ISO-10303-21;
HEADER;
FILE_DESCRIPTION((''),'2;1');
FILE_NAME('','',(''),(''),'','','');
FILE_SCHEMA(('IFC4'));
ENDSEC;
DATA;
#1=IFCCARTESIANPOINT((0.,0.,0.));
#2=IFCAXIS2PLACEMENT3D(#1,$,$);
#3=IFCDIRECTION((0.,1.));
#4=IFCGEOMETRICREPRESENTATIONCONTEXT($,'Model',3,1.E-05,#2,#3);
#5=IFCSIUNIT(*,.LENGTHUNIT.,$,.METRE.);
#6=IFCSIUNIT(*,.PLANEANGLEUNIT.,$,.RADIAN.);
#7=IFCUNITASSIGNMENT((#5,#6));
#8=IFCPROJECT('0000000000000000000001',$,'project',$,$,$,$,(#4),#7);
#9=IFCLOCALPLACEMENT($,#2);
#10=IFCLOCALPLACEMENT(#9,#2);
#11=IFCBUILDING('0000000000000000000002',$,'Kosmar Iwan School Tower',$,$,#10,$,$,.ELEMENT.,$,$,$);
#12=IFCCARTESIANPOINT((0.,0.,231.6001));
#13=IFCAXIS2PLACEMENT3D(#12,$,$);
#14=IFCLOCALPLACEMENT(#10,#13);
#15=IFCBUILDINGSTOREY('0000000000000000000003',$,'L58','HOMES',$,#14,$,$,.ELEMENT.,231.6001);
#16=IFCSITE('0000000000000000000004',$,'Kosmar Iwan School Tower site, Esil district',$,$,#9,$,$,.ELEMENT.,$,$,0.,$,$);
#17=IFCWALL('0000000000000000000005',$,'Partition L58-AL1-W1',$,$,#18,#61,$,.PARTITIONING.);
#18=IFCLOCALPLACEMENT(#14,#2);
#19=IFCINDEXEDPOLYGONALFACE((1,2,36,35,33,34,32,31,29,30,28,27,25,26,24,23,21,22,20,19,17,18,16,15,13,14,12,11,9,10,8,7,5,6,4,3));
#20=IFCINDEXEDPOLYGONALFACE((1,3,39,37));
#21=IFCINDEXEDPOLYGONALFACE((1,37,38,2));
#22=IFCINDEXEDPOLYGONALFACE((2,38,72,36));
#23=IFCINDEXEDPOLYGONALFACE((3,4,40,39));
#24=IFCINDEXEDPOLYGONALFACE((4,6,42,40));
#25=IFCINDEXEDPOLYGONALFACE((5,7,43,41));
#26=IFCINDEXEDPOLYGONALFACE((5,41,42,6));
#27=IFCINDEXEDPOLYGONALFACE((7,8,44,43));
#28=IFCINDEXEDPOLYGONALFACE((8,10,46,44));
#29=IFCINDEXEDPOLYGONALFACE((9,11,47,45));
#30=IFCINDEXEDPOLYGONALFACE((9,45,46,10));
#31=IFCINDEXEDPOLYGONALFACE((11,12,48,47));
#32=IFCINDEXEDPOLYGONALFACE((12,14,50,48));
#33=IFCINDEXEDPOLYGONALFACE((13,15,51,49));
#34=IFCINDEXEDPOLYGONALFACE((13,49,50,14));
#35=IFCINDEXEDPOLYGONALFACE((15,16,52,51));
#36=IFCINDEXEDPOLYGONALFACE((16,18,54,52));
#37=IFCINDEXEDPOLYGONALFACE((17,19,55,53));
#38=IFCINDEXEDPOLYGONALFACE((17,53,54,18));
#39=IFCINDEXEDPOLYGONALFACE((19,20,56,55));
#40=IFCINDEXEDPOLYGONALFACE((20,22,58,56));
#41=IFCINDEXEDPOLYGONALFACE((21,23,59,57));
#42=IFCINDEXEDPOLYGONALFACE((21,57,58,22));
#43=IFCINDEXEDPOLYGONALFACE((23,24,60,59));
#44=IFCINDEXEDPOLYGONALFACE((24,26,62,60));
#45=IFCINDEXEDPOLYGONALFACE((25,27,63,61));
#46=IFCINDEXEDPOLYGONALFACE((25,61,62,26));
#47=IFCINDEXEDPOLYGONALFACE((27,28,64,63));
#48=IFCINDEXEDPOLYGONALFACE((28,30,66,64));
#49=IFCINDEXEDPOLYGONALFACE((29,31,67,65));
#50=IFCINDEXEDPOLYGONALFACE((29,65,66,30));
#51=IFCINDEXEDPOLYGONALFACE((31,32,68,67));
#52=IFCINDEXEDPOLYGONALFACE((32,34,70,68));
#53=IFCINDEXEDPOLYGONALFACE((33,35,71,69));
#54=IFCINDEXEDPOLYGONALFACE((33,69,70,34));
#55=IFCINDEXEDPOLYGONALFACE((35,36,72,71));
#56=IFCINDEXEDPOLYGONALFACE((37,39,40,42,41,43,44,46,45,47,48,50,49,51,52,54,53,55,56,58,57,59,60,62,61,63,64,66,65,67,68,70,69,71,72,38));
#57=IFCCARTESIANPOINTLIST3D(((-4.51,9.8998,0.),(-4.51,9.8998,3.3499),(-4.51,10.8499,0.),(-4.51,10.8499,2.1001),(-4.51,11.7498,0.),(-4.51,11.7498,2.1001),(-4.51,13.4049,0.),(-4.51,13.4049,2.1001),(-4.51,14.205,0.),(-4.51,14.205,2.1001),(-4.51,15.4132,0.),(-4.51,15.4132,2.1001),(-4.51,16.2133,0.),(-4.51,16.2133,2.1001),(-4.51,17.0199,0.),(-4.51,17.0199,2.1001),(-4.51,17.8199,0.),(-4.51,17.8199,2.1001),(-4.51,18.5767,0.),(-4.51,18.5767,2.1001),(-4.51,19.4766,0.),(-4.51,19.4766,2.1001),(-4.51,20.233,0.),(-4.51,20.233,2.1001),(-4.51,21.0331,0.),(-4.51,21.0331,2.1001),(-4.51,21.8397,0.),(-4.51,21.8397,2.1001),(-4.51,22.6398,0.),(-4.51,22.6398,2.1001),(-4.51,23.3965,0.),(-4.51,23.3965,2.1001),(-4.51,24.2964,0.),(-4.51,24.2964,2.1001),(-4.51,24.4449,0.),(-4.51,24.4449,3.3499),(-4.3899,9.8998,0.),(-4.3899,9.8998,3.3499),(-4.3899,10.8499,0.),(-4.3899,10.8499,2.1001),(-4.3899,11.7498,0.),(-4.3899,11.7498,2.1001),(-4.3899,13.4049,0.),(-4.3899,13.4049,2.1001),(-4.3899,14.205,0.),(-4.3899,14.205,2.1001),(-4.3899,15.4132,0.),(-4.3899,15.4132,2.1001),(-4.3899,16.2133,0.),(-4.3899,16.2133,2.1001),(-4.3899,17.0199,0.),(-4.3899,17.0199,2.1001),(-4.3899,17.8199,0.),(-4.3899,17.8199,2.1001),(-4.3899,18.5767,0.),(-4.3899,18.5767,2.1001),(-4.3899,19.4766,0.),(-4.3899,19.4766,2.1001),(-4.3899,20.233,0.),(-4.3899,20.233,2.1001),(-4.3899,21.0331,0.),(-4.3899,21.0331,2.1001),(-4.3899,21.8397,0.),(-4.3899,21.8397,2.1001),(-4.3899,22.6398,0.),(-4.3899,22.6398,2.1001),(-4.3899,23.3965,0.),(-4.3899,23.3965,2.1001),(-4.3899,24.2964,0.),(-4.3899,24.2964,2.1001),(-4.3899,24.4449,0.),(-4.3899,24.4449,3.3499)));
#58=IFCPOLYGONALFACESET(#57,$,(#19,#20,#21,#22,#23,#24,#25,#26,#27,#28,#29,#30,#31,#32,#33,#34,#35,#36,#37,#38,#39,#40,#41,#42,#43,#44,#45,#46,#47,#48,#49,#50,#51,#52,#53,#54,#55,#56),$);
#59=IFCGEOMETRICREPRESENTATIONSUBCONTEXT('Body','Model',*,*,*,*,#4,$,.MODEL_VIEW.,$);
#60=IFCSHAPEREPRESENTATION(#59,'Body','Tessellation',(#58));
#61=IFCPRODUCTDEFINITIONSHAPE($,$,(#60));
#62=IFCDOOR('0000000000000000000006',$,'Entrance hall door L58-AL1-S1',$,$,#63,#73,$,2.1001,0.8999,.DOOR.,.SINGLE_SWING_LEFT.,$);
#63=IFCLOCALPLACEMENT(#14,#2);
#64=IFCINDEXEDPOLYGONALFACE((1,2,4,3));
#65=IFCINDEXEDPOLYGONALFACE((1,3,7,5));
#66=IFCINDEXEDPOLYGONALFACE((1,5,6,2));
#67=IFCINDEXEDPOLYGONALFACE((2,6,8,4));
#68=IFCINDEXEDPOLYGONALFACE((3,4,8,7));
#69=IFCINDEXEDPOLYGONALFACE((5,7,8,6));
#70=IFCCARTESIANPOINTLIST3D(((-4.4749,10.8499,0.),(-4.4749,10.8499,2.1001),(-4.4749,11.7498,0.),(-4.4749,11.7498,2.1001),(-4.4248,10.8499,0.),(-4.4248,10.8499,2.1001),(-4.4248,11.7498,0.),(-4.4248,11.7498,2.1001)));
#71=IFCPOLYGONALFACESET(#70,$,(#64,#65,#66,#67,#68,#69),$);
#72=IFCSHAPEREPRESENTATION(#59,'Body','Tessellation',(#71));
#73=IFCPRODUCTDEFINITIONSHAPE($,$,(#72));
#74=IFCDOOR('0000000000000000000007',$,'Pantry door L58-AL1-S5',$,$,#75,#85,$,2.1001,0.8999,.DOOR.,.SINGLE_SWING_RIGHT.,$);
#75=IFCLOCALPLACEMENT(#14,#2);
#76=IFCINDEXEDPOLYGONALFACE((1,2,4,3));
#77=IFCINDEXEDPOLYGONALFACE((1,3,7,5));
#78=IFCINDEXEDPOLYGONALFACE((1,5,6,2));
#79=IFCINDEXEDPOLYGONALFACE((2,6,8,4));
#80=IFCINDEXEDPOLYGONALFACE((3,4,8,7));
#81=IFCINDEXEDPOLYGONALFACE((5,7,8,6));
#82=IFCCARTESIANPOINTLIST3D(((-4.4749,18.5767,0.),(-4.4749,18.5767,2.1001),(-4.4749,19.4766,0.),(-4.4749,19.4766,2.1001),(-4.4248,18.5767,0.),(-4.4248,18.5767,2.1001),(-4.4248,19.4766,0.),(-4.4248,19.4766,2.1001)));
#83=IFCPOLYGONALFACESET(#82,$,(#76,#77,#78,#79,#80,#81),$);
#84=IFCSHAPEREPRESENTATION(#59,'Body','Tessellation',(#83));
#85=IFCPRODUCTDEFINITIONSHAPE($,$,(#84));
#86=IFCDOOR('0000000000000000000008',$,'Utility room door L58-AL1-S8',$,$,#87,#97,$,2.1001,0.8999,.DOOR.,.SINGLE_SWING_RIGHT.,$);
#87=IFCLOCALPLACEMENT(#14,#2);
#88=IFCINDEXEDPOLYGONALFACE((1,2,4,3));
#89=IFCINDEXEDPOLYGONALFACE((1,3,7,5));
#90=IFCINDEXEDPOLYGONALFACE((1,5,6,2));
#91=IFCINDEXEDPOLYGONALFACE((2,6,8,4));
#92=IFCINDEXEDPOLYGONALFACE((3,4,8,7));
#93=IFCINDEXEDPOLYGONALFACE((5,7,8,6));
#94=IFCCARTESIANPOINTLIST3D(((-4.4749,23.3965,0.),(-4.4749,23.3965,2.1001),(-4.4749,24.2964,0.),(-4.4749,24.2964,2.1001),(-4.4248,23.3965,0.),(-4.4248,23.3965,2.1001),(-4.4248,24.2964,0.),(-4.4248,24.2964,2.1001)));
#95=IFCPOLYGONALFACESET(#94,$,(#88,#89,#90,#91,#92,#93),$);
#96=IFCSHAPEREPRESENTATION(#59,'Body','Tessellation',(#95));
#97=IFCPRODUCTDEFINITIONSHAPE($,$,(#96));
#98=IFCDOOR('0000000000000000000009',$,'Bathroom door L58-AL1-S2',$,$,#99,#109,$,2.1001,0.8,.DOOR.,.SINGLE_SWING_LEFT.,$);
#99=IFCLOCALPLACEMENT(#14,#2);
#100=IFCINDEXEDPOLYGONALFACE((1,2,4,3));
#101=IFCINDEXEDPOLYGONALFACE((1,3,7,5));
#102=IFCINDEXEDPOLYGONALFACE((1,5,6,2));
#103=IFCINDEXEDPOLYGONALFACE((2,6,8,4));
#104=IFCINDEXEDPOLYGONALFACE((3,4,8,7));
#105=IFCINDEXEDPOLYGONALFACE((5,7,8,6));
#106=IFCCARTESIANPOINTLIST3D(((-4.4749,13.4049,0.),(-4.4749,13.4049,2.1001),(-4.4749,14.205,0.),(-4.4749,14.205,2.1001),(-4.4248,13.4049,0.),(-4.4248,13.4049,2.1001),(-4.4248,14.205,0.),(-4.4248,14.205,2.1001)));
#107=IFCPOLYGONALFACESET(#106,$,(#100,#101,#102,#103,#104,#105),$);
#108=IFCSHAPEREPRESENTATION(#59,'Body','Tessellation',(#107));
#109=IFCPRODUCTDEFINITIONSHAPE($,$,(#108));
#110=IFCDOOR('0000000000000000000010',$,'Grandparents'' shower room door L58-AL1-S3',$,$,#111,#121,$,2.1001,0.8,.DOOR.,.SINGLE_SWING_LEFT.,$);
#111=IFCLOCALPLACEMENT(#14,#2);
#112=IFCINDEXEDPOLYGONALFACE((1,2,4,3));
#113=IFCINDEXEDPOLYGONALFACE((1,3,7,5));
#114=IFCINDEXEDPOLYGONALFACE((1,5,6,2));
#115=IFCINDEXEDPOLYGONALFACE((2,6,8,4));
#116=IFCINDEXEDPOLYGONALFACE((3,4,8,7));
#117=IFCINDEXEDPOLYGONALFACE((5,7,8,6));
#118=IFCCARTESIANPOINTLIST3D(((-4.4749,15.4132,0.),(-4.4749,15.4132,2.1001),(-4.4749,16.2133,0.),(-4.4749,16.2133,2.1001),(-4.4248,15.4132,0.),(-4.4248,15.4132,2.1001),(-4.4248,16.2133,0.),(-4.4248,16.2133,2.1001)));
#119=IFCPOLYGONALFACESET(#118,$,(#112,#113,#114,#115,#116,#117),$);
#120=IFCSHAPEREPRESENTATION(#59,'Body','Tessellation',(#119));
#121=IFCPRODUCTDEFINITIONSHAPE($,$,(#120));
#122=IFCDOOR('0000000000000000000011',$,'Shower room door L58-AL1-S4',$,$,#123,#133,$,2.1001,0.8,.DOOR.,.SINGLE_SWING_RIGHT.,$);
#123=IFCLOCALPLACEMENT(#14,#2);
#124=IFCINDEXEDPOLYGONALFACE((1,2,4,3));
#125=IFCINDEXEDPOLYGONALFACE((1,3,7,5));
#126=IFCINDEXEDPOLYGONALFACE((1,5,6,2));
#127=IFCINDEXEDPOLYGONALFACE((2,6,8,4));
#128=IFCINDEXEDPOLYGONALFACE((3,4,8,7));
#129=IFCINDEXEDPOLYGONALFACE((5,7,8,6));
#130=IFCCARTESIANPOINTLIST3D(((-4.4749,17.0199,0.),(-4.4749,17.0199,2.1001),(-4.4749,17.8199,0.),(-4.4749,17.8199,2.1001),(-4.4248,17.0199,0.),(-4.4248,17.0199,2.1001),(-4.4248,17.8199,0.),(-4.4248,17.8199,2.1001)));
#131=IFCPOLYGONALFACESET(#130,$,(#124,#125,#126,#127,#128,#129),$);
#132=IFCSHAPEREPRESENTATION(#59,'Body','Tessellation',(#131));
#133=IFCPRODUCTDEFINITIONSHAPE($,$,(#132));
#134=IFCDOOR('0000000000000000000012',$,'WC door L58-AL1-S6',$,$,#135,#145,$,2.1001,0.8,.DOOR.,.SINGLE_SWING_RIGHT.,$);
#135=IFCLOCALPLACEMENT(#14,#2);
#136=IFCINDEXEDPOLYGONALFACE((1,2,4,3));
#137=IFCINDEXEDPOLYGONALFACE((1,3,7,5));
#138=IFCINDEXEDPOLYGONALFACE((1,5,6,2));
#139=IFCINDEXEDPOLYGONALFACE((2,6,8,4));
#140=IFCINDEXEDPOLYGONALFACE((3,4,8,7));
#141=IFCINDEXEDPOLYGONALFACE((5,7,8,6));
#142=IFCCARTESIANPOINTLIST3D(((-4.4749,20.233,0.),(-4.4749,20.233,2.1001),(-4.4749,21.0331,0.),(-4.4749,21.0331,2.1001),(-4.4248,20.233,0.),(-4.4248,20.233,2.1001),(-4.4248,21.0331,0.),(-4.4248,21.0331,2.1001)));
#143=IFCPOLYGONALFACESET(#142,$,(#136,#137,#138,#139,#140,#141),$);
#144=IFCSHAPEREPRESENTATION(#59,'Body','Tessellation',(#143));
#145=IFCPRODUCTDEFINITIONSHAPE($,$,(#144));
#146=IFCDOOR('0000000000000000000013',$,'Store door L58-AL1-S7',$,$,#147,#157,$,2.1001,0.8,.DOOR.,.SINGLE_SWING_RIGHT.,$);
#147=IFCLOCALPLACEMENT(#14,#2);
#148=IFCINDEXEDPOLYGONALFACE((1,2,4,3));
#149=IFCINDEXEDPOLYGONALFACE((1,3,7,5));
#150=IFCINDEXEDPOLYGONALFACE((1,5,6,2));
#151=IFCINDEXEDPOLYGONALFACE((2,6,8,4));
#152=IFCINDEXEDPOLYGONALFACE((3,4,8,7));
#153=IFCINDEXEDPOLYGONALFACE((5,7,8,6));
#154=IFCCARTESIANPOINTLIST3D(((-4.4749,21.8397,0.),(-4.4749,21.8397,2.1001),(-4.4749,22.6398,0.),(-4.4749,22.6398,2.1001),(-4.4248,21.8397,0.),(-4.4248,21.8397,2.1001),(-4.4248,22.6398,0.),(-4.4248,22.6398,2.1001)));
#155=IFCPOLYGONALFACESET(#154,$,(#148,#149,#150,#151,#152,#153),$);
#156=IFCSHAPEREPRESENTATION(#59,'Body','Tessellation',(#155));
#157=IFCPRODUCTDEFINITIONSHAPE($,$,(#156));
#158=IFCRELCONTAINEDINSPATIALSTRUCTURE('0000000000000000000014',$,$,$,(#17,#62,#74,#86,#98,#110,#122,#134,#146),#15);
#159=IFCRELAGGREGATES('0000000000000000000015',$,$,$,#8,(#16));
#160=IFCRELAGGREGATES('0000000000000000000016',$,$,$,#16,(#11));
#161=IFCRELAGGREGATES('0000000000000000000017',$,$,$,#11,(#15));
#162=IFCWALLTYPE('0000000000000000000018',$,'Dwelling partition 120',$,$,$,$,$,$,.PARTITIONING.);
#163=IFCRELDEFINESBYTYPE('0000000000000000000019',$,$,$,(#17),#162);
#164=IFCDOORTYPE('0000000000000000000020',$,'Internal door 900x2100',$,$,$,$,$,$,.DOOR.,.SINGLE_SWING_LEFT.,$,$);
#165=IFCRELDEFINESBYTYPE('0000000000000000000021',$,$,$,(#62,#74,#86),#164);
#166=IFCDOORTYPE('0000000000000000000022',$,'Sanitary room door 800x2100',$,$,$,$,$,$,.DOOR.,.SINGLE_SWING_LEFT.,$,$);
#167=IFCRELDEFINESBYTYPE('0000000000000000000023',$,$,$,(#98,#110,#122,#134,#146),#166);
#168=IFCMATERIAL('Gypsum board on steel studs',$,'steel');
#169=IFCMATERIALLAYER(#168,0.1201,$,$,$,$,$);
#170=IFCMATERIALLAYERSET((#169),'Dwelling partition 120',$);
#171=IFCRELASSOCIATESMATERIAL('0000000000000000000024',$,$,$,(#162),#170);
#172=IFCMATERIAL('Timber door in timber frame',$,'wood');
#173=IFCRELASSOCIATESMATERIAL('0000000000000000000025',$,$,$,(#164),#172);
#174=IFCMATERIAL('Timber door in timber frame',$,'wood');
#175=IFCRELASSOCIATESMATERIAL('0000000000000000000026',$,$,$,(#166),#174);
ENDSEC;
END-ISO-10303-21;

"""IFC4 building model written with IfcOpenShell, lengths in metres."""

from ifc_helpers import new_model, si_unit, direction, frame, frame_2d, origin, place, context, subcontext, project, spatial, rectangle, extrude, material, layer, layer_set, type_object, element, fill, save


model = new_model("IFC4")

# Units and contexts
model_context = context("Model", 3, precision=1e-05, world=origin(), true_north=direction((0.0, 1.0)))
body_context = subcontext(model_context, "Body", "Model", "MODEL_VIEW")
ifc_project = project(units=[si_unit("LENGTHUNIT", "METRE"), si_unit("PLANEANGLEUNIT", "RADIAN")], contexts=[model_context])

# Site, building, storey
site_placement = place(None, origin())
site = spatial("IfcSite", under=ifc_project, at=site_placement, Name="Kosmar Iwan School Tower site, Esil district", CompositionType="ELEMENT", RefElevation=0.0)
building_placement = place(site_placement, origin())
building = spatial("IfcBuilding", under=site, at=building_placement, Name="Kosmar Iwan School Tower", CompositionType="ELEMENT")
storey_placement = place(building_placement, frame((0.0, 0.0, 231.6001)))
storey = spatial("IfcBuildingStorey", under=building, at=storey_placement, Name="L58", Description="HOMES", CompositionType="ELEMENT", Elevation=231.6001)

# Wall, openings, doors
ifc_material_1 = material(Name="Gypsum board on steel studs", Category="steel")
ifc_layer_1 = layer(ifc_material_1, 0.1201)
ifc_layer_set_1 = layer_set([ifc_layer_1], Name="Dwelling partition 120")
wall_type_1 = type_object("IfcWallType", Name="Dwelling partition 120", PredefinedType="PARTITIONING", material=ifc_layer_set_1)
wall_1_placement = place(storey_placement, frame((-4.45, 9.8999, 0.0), z_axis=(0.0, 0.0, 1.0), x_axis=(0.0, 1.0, 0.0)))
wall_1 = element("IfcWall", 1, at=wall_1_placement, inside=storey, type_object=wall_type_1, Name="Partition L58-AL1-W1", PredefinedType="PARTITIONING", context=body_context, shape_type="SweptSolid", body=[
    extrude(rectangle(XDim=14.5452, YDim=0.1201, at=frame_2d((7.2725, 0.0))), origin(), (0.0, 0.0, 1.0), 3.3499),
])
opening_1_placement = place(wall_1_placement, frame((0.95, 0.0, 0.0)))
opening_1 = element("IfcOpeningElement", 2, at=opening_1_placement, cuts=wall_1, PredefinedType="OPENING", context=body_context, shape_type="SweptSolid", body=[
    extrude(rectangle(XDim=0.8999, YDim=2.1001, at=frame_2d((0.45, 1.05))), frame((0.0, 0.072, 0.0), z_axis=(0.0, -1.0, 0.0), x_axis=(1.0, 0.0, 0.0)), (0.0, 0.0, 1.0), 0.144),
])
opening_2_placement = place(wall_1_placement, frame((3.5051, 0.0, 0.0)))
opening_2 = element("IfcOpeningElement", 3, at=opening_2_placement, cuts=wall_1, PredefinedType="OPENING", context=body_context, shape_type="SweptSolid", body=[
    extrude(rectangle(XDim=0.8, YDim=2.1001, at=frame_2d((0.3999, 1.05))), frame((0.0, 0.072, 0.0), z_axis=(0.0, -1.0, 0.0), x_axis=(1.0, 0.0, 0.0)), (0.0, 0.0, 1.0), 0.144),
])
opening_3_placement = place(wall_1_placement, frame((5.5134, 0.0, 0.0)))
opening_3 = element("IfcOpeningElement", 4, at=opening_3_placement, cuts=wall_1, PredefinedType="OPENING", context=body_context, shape_type="SweptSolid", body=[
    extrude(rectangle(XDim=0.8, YDim=2.1001, at=frame_2d((0.3999, 1.05))), frame((0.0, 0.072, 0.0), z_axis=(0.0, -1.0, 0.0), x_axis=(1.0, 0.0, 0.0)), (0.0, 0.0, 1.0), 0.144),
])
opening_4_placement = place(wall_1_placement, frame((7.1201, 0.0, 0.0)))
opening_4 = element("IfcOpeningElement", 5, at=opening_4_placement, cuts=wall_1, PredefinedType="OPENING", context=body_context, shape_type="SweptSolid", body=[
    extrude(rectangle(XDim=0.8, YDim=2.1001, at=frame_2d((0.3999, 1.05))), frame((0.0, 0.072, 0.0), z_axis=(0.0, -1.0, 0.0), x_axis=(1.0, 0.0, 0.0)), (0.0, 0.0, 1.0), 0.144),
])
opening_5_placement = place(wall_1_placement, frame((8.6768, 0.0, 0.0)))
opening_5 = element("IfcOpeningElement", 6, at=opening_5_placement, cuts=wall_1, PredefinedType="OPENING", context=body_context, shape_type="SweptSolid", body=[
    extrude(rectangle(XDim=0.8999, YDim=2.1001, at=frame_2d((0.45, 1.05))), frame((0.0, 0.072, 0.0), z_axis=(0.0, -1.0, 0.0), x_axis=(1.0, 0.0, 0.0)), (0.0, 0.0, 1.0), 0.144),
])
opening_6_placement = place(wall_1_placement, frame((10.3333, 0.0, 0.0)))
opening_6 = element("IfcOpeningElement", 7, at=opening_6_placement, cuts=wall_1, PredefinedType="OPENING", context=body_context, shape_type="SweptSolid", body=[
    extrude(rectangle(XDim=0.8, YDim=2.1001, at=frame_2d((0.3999, 1.05))), frame((0.0, 0.072, 0.0), z_axis=(0.0, -1.0, 0.0), x_axis=(1.0, 0.0, 0.0)), (0.0, 0.0, 1.0), 0.144),
])
opening_7_placement = place(wall_1_placement, frame((11.9399, 0.0, 0.0)))
opening_7 = element("IfcOpeningElement", 8, at=opening_7_placement, cuts=wall_1, PredefinedType="OPENING", context=body_context, shape_type="SweptSolid", body=[
    extrude(rectangle(XDim=0.8, YDim=2.1001, at=frame_2d((0.3999, 1.05))), frame((0.0, 0.072, 0.0), z_axis=(0.0, -1.0, 0.0), x_axis=(1.0, 0.0, 0.0)), (0.0, 0.0, 1.0), 0.144),
])
opening_8_placement = place(wall_1_placement, frame((13.4966, 0.0, 0.0)))
opening_8 = element("IfcOpeningElement", 9, at=opening_8_placement, cuts=wall_1, PredefinedType="OPENING", context=body_context, shape_type="SweptSolid", body=[
    extrude(rectangle(XDim=0.8999, YDim=2.1001, at=frame_2d((0.45, 1.05))), frame((0.0, 0.072, 0.0), z_axis=(0.0, -1.0, 0.0), x_axis=(1.0, 0.0, 0.0)), (0.0, 0.0, 1.0), 0.144),
])
ifc_material_2 = material(Name="Timber door in timber frame", Category="wood")
door_type_1 = type_object("IfcDoorType", Name="Internal door 900x2100", OperationType="SINGLE_SWING_LEFT", PredefinedType="DOOR", material=ifc_material_2)
door_1_placement = place(opening_1_placement, origin())
door_1 = element("IfcDoor", 10, at=door_1_placement, inside=storey, type_object=door_type_1, Name="Entrance hall door L58-AL1-S1", OperationType="SINGLE_SWING_LEFT", OverallHeight=2.1001, OverallWidth=0.8999, PredefinedType="DOOR", context=body_context, shape_type="SweptSolid", body=[
    extrude(rectangle(XDim=0.8999, YDim=2.1001, at=frame_2d((0.45, 1.05))), frame((0.0, 0.0249, 0.0), z_axis=(0.0, -1.0, 0.0), x_axis=(1.0, 0.0, 0.0)), (0.0, 0.0, 1.0), 0.05),
])
fill(opening_1, door_1)
door_2_placement = place(opening_5_placement, origin())
door_2 = element("IfcDoor", 11, at=door_2_placement, inside=storey, type_object=door_type_1, Name="Pantry door L58-AL1-S5", OperationType="SINGLE_SWING_RIGHT", OverallHeight=2.1001, OverallWidth=0.8999, PredefinedType="DOOR", context=body_context, shape_type="SweptSolid", body=[
    extrude(rectangle(XDim=0.8999, YDim=2.1001, at=frame_2d((0.45, 1.05))), frame((0.0, 0.0249, 0.0), z_axis=(0.0, -1.0, 0.0), x_axis=(1.0, 0.0, 0.0)), (0.0, 0.0, 1.0), 0.05),
])
fill(opening_5, door_2)
door_3_placement = place(opening_8_placement, origin())
door_3 = element("IfcDoor", 12, at=door_3_placement, inside=storey, type_object=door_type_1, Name="Utility room door L58-AL1-S8", OperationType="SINGLE_SWING_RIGHT", OverallHeight=2.1001, OverallWidth=0.8999, PredefinedType="DOOR", context=body_context, shape_type="SweptSolid", body=[
    extrude(rectangle(XDim=0.8999, YDim=2.1001, at=frame_2d((0.45, 1.05))), frame((0.0, 0.0249, 0.0), z_axis=(0.0, -1.0, 0.0), x_axis=(1.0, 0.0, 0.0)), (0.0, 0.0, 1.0), 0.05),
])
fill(opening_8, door_3)
ifc_material_3 = material(Name="Timber door in timber frame", Category="wood")
door_type_2 = type_object("IfcDoorType", Name="Sanitary room door 800x2100", OperationType="SINGLE_SWING_LEFT", PredefinedType="DOOR", material=ifc_material_3)
door_4_placement = place(opening_2_placement, origin())
door_4 = element("IfcDoor", 13, at=door_4_placement, inside=storey, type_object=door_type_2, Name="Bathroom door L58-AL1-S2", OperationType="SINGLE_SWING_LEFT", OverallHeight=2.1001, OverallWidth=0.8, PredefinedType="DOOR", context=body_context, shape_type="SweptSolid", body=[
    extrude(rectangle(XDim=0.8, YDim=2.1001, at=frame_2d((0.3999, 1.05))), frame((0.0, 0.0249, 0.0), z_axis=(0.0, -1.0, 0.0), x_axis=(1.0, 0.0, 0.0)), (0.0, 0.0, 1.0), 0.05),
])
fill(opening_2, door_4)
door_5_placement = place(opening_3_placement, origin())
door_5 = element("IfcDoor", 14, at=door_5_placement, inside=storey, type_object=door_type_2, Name="Grandparents' shower room door L58-AL1-S3", OperationType="SINGLE_SWING_LEFT", OverallHeight=2.1001, OverallWidth=0.8, PredefinedType="DOOR", context=body_context, shape_type="SweptSolid", body=[
    extrude(rectangle(XDim=0.8, YDim=2.1001, at=frame_2d((0.3999, 1.05))), frame((0.0, 0.0249, 0.0), z_axis=(0.0, -1.0, 0.0), x_axis=(1.0, 0.0, 0.0)), (0.0, 0.0, 1.0), 0.05),
])
fill(opening_3, door_5)
door_6_placement = place(opening_4_placement, origin())
door_6 = element("IfcDoor", 15, at=door_6_placement, inside=storey, type_object=door_type_2, Name="Shower room door L58-AL1-S4", OperationType="SINGLE_SWING_RIGHT", OverallHeight=2.1001, OverallWidth=0.8, PredefinedType="DOOR", context=body_context, shape_type="SweptSolid", body=[
    extrude(rectangle(XDim=0.8, YDim=2.1001, at=frame_2d((0.3999, 1.05))), frame((0.0, 0.0249, 0.0), z_axis=(0.0, -1.0, 0.0), x_axis=(1.0, 0.0, 0.0)), (0.0, 0.0, 1.0), 0.05),
])
fill(opening_4, door_6)
door_7_placement = place(opening_6_placement, origin())
door_7 = element("IfcDoor", 16, at=door_7_placement, inside=storey, type_object=door_type_2, Name="WC door L58-AL1-S6", OperationType="SINGLE_SWING_RIGHT", OverallHeight=2.1001, OverallWidth=0.8, PredefinedType="DOOR", context=body_context, shape_type="SweptSolid", body=[
    extrude(rectangle(XDim=0.8, YDim=2.1001, at=frame_2d((0.3999, 1.05))), frame((0.0, 0.0249, 0.0), z_axis=(0.0, -1.0, 0.0), x_axis=(1.0, 0.0, 0.0)), (0.0, 0.0, 1.0), 0.05),
])
fill(opening_6, door_7)
door_8_placement = place(opening_7_placement, origin())
door_8 = element("IfcDoor", 17, at=door_8_placement, inside=storey, type_object=door_type_2, Name="Store door L58-AL1-S7", OperationType="SINGLE_SWING_RIGHT", OverallHeight=2.1001, OverallWidth=0.8, PredefinedType="DOOR", context=body_context, shape_type="SweptSolid", body=[
    extrude(rectangle(XDim=0.8, YDim=2.1001, at=frame_2d((0.3999, 1.05))), frame((0.0, 0.0249, 0.0), z_axis=(0.0, -1.0, 0.0), x_axis=(1.0, 0.0, 0.0)), (0.0, 0.0, 1.0), 0.05),
])
fill(opening_7, door_8)

save(model, "model.ifc")
